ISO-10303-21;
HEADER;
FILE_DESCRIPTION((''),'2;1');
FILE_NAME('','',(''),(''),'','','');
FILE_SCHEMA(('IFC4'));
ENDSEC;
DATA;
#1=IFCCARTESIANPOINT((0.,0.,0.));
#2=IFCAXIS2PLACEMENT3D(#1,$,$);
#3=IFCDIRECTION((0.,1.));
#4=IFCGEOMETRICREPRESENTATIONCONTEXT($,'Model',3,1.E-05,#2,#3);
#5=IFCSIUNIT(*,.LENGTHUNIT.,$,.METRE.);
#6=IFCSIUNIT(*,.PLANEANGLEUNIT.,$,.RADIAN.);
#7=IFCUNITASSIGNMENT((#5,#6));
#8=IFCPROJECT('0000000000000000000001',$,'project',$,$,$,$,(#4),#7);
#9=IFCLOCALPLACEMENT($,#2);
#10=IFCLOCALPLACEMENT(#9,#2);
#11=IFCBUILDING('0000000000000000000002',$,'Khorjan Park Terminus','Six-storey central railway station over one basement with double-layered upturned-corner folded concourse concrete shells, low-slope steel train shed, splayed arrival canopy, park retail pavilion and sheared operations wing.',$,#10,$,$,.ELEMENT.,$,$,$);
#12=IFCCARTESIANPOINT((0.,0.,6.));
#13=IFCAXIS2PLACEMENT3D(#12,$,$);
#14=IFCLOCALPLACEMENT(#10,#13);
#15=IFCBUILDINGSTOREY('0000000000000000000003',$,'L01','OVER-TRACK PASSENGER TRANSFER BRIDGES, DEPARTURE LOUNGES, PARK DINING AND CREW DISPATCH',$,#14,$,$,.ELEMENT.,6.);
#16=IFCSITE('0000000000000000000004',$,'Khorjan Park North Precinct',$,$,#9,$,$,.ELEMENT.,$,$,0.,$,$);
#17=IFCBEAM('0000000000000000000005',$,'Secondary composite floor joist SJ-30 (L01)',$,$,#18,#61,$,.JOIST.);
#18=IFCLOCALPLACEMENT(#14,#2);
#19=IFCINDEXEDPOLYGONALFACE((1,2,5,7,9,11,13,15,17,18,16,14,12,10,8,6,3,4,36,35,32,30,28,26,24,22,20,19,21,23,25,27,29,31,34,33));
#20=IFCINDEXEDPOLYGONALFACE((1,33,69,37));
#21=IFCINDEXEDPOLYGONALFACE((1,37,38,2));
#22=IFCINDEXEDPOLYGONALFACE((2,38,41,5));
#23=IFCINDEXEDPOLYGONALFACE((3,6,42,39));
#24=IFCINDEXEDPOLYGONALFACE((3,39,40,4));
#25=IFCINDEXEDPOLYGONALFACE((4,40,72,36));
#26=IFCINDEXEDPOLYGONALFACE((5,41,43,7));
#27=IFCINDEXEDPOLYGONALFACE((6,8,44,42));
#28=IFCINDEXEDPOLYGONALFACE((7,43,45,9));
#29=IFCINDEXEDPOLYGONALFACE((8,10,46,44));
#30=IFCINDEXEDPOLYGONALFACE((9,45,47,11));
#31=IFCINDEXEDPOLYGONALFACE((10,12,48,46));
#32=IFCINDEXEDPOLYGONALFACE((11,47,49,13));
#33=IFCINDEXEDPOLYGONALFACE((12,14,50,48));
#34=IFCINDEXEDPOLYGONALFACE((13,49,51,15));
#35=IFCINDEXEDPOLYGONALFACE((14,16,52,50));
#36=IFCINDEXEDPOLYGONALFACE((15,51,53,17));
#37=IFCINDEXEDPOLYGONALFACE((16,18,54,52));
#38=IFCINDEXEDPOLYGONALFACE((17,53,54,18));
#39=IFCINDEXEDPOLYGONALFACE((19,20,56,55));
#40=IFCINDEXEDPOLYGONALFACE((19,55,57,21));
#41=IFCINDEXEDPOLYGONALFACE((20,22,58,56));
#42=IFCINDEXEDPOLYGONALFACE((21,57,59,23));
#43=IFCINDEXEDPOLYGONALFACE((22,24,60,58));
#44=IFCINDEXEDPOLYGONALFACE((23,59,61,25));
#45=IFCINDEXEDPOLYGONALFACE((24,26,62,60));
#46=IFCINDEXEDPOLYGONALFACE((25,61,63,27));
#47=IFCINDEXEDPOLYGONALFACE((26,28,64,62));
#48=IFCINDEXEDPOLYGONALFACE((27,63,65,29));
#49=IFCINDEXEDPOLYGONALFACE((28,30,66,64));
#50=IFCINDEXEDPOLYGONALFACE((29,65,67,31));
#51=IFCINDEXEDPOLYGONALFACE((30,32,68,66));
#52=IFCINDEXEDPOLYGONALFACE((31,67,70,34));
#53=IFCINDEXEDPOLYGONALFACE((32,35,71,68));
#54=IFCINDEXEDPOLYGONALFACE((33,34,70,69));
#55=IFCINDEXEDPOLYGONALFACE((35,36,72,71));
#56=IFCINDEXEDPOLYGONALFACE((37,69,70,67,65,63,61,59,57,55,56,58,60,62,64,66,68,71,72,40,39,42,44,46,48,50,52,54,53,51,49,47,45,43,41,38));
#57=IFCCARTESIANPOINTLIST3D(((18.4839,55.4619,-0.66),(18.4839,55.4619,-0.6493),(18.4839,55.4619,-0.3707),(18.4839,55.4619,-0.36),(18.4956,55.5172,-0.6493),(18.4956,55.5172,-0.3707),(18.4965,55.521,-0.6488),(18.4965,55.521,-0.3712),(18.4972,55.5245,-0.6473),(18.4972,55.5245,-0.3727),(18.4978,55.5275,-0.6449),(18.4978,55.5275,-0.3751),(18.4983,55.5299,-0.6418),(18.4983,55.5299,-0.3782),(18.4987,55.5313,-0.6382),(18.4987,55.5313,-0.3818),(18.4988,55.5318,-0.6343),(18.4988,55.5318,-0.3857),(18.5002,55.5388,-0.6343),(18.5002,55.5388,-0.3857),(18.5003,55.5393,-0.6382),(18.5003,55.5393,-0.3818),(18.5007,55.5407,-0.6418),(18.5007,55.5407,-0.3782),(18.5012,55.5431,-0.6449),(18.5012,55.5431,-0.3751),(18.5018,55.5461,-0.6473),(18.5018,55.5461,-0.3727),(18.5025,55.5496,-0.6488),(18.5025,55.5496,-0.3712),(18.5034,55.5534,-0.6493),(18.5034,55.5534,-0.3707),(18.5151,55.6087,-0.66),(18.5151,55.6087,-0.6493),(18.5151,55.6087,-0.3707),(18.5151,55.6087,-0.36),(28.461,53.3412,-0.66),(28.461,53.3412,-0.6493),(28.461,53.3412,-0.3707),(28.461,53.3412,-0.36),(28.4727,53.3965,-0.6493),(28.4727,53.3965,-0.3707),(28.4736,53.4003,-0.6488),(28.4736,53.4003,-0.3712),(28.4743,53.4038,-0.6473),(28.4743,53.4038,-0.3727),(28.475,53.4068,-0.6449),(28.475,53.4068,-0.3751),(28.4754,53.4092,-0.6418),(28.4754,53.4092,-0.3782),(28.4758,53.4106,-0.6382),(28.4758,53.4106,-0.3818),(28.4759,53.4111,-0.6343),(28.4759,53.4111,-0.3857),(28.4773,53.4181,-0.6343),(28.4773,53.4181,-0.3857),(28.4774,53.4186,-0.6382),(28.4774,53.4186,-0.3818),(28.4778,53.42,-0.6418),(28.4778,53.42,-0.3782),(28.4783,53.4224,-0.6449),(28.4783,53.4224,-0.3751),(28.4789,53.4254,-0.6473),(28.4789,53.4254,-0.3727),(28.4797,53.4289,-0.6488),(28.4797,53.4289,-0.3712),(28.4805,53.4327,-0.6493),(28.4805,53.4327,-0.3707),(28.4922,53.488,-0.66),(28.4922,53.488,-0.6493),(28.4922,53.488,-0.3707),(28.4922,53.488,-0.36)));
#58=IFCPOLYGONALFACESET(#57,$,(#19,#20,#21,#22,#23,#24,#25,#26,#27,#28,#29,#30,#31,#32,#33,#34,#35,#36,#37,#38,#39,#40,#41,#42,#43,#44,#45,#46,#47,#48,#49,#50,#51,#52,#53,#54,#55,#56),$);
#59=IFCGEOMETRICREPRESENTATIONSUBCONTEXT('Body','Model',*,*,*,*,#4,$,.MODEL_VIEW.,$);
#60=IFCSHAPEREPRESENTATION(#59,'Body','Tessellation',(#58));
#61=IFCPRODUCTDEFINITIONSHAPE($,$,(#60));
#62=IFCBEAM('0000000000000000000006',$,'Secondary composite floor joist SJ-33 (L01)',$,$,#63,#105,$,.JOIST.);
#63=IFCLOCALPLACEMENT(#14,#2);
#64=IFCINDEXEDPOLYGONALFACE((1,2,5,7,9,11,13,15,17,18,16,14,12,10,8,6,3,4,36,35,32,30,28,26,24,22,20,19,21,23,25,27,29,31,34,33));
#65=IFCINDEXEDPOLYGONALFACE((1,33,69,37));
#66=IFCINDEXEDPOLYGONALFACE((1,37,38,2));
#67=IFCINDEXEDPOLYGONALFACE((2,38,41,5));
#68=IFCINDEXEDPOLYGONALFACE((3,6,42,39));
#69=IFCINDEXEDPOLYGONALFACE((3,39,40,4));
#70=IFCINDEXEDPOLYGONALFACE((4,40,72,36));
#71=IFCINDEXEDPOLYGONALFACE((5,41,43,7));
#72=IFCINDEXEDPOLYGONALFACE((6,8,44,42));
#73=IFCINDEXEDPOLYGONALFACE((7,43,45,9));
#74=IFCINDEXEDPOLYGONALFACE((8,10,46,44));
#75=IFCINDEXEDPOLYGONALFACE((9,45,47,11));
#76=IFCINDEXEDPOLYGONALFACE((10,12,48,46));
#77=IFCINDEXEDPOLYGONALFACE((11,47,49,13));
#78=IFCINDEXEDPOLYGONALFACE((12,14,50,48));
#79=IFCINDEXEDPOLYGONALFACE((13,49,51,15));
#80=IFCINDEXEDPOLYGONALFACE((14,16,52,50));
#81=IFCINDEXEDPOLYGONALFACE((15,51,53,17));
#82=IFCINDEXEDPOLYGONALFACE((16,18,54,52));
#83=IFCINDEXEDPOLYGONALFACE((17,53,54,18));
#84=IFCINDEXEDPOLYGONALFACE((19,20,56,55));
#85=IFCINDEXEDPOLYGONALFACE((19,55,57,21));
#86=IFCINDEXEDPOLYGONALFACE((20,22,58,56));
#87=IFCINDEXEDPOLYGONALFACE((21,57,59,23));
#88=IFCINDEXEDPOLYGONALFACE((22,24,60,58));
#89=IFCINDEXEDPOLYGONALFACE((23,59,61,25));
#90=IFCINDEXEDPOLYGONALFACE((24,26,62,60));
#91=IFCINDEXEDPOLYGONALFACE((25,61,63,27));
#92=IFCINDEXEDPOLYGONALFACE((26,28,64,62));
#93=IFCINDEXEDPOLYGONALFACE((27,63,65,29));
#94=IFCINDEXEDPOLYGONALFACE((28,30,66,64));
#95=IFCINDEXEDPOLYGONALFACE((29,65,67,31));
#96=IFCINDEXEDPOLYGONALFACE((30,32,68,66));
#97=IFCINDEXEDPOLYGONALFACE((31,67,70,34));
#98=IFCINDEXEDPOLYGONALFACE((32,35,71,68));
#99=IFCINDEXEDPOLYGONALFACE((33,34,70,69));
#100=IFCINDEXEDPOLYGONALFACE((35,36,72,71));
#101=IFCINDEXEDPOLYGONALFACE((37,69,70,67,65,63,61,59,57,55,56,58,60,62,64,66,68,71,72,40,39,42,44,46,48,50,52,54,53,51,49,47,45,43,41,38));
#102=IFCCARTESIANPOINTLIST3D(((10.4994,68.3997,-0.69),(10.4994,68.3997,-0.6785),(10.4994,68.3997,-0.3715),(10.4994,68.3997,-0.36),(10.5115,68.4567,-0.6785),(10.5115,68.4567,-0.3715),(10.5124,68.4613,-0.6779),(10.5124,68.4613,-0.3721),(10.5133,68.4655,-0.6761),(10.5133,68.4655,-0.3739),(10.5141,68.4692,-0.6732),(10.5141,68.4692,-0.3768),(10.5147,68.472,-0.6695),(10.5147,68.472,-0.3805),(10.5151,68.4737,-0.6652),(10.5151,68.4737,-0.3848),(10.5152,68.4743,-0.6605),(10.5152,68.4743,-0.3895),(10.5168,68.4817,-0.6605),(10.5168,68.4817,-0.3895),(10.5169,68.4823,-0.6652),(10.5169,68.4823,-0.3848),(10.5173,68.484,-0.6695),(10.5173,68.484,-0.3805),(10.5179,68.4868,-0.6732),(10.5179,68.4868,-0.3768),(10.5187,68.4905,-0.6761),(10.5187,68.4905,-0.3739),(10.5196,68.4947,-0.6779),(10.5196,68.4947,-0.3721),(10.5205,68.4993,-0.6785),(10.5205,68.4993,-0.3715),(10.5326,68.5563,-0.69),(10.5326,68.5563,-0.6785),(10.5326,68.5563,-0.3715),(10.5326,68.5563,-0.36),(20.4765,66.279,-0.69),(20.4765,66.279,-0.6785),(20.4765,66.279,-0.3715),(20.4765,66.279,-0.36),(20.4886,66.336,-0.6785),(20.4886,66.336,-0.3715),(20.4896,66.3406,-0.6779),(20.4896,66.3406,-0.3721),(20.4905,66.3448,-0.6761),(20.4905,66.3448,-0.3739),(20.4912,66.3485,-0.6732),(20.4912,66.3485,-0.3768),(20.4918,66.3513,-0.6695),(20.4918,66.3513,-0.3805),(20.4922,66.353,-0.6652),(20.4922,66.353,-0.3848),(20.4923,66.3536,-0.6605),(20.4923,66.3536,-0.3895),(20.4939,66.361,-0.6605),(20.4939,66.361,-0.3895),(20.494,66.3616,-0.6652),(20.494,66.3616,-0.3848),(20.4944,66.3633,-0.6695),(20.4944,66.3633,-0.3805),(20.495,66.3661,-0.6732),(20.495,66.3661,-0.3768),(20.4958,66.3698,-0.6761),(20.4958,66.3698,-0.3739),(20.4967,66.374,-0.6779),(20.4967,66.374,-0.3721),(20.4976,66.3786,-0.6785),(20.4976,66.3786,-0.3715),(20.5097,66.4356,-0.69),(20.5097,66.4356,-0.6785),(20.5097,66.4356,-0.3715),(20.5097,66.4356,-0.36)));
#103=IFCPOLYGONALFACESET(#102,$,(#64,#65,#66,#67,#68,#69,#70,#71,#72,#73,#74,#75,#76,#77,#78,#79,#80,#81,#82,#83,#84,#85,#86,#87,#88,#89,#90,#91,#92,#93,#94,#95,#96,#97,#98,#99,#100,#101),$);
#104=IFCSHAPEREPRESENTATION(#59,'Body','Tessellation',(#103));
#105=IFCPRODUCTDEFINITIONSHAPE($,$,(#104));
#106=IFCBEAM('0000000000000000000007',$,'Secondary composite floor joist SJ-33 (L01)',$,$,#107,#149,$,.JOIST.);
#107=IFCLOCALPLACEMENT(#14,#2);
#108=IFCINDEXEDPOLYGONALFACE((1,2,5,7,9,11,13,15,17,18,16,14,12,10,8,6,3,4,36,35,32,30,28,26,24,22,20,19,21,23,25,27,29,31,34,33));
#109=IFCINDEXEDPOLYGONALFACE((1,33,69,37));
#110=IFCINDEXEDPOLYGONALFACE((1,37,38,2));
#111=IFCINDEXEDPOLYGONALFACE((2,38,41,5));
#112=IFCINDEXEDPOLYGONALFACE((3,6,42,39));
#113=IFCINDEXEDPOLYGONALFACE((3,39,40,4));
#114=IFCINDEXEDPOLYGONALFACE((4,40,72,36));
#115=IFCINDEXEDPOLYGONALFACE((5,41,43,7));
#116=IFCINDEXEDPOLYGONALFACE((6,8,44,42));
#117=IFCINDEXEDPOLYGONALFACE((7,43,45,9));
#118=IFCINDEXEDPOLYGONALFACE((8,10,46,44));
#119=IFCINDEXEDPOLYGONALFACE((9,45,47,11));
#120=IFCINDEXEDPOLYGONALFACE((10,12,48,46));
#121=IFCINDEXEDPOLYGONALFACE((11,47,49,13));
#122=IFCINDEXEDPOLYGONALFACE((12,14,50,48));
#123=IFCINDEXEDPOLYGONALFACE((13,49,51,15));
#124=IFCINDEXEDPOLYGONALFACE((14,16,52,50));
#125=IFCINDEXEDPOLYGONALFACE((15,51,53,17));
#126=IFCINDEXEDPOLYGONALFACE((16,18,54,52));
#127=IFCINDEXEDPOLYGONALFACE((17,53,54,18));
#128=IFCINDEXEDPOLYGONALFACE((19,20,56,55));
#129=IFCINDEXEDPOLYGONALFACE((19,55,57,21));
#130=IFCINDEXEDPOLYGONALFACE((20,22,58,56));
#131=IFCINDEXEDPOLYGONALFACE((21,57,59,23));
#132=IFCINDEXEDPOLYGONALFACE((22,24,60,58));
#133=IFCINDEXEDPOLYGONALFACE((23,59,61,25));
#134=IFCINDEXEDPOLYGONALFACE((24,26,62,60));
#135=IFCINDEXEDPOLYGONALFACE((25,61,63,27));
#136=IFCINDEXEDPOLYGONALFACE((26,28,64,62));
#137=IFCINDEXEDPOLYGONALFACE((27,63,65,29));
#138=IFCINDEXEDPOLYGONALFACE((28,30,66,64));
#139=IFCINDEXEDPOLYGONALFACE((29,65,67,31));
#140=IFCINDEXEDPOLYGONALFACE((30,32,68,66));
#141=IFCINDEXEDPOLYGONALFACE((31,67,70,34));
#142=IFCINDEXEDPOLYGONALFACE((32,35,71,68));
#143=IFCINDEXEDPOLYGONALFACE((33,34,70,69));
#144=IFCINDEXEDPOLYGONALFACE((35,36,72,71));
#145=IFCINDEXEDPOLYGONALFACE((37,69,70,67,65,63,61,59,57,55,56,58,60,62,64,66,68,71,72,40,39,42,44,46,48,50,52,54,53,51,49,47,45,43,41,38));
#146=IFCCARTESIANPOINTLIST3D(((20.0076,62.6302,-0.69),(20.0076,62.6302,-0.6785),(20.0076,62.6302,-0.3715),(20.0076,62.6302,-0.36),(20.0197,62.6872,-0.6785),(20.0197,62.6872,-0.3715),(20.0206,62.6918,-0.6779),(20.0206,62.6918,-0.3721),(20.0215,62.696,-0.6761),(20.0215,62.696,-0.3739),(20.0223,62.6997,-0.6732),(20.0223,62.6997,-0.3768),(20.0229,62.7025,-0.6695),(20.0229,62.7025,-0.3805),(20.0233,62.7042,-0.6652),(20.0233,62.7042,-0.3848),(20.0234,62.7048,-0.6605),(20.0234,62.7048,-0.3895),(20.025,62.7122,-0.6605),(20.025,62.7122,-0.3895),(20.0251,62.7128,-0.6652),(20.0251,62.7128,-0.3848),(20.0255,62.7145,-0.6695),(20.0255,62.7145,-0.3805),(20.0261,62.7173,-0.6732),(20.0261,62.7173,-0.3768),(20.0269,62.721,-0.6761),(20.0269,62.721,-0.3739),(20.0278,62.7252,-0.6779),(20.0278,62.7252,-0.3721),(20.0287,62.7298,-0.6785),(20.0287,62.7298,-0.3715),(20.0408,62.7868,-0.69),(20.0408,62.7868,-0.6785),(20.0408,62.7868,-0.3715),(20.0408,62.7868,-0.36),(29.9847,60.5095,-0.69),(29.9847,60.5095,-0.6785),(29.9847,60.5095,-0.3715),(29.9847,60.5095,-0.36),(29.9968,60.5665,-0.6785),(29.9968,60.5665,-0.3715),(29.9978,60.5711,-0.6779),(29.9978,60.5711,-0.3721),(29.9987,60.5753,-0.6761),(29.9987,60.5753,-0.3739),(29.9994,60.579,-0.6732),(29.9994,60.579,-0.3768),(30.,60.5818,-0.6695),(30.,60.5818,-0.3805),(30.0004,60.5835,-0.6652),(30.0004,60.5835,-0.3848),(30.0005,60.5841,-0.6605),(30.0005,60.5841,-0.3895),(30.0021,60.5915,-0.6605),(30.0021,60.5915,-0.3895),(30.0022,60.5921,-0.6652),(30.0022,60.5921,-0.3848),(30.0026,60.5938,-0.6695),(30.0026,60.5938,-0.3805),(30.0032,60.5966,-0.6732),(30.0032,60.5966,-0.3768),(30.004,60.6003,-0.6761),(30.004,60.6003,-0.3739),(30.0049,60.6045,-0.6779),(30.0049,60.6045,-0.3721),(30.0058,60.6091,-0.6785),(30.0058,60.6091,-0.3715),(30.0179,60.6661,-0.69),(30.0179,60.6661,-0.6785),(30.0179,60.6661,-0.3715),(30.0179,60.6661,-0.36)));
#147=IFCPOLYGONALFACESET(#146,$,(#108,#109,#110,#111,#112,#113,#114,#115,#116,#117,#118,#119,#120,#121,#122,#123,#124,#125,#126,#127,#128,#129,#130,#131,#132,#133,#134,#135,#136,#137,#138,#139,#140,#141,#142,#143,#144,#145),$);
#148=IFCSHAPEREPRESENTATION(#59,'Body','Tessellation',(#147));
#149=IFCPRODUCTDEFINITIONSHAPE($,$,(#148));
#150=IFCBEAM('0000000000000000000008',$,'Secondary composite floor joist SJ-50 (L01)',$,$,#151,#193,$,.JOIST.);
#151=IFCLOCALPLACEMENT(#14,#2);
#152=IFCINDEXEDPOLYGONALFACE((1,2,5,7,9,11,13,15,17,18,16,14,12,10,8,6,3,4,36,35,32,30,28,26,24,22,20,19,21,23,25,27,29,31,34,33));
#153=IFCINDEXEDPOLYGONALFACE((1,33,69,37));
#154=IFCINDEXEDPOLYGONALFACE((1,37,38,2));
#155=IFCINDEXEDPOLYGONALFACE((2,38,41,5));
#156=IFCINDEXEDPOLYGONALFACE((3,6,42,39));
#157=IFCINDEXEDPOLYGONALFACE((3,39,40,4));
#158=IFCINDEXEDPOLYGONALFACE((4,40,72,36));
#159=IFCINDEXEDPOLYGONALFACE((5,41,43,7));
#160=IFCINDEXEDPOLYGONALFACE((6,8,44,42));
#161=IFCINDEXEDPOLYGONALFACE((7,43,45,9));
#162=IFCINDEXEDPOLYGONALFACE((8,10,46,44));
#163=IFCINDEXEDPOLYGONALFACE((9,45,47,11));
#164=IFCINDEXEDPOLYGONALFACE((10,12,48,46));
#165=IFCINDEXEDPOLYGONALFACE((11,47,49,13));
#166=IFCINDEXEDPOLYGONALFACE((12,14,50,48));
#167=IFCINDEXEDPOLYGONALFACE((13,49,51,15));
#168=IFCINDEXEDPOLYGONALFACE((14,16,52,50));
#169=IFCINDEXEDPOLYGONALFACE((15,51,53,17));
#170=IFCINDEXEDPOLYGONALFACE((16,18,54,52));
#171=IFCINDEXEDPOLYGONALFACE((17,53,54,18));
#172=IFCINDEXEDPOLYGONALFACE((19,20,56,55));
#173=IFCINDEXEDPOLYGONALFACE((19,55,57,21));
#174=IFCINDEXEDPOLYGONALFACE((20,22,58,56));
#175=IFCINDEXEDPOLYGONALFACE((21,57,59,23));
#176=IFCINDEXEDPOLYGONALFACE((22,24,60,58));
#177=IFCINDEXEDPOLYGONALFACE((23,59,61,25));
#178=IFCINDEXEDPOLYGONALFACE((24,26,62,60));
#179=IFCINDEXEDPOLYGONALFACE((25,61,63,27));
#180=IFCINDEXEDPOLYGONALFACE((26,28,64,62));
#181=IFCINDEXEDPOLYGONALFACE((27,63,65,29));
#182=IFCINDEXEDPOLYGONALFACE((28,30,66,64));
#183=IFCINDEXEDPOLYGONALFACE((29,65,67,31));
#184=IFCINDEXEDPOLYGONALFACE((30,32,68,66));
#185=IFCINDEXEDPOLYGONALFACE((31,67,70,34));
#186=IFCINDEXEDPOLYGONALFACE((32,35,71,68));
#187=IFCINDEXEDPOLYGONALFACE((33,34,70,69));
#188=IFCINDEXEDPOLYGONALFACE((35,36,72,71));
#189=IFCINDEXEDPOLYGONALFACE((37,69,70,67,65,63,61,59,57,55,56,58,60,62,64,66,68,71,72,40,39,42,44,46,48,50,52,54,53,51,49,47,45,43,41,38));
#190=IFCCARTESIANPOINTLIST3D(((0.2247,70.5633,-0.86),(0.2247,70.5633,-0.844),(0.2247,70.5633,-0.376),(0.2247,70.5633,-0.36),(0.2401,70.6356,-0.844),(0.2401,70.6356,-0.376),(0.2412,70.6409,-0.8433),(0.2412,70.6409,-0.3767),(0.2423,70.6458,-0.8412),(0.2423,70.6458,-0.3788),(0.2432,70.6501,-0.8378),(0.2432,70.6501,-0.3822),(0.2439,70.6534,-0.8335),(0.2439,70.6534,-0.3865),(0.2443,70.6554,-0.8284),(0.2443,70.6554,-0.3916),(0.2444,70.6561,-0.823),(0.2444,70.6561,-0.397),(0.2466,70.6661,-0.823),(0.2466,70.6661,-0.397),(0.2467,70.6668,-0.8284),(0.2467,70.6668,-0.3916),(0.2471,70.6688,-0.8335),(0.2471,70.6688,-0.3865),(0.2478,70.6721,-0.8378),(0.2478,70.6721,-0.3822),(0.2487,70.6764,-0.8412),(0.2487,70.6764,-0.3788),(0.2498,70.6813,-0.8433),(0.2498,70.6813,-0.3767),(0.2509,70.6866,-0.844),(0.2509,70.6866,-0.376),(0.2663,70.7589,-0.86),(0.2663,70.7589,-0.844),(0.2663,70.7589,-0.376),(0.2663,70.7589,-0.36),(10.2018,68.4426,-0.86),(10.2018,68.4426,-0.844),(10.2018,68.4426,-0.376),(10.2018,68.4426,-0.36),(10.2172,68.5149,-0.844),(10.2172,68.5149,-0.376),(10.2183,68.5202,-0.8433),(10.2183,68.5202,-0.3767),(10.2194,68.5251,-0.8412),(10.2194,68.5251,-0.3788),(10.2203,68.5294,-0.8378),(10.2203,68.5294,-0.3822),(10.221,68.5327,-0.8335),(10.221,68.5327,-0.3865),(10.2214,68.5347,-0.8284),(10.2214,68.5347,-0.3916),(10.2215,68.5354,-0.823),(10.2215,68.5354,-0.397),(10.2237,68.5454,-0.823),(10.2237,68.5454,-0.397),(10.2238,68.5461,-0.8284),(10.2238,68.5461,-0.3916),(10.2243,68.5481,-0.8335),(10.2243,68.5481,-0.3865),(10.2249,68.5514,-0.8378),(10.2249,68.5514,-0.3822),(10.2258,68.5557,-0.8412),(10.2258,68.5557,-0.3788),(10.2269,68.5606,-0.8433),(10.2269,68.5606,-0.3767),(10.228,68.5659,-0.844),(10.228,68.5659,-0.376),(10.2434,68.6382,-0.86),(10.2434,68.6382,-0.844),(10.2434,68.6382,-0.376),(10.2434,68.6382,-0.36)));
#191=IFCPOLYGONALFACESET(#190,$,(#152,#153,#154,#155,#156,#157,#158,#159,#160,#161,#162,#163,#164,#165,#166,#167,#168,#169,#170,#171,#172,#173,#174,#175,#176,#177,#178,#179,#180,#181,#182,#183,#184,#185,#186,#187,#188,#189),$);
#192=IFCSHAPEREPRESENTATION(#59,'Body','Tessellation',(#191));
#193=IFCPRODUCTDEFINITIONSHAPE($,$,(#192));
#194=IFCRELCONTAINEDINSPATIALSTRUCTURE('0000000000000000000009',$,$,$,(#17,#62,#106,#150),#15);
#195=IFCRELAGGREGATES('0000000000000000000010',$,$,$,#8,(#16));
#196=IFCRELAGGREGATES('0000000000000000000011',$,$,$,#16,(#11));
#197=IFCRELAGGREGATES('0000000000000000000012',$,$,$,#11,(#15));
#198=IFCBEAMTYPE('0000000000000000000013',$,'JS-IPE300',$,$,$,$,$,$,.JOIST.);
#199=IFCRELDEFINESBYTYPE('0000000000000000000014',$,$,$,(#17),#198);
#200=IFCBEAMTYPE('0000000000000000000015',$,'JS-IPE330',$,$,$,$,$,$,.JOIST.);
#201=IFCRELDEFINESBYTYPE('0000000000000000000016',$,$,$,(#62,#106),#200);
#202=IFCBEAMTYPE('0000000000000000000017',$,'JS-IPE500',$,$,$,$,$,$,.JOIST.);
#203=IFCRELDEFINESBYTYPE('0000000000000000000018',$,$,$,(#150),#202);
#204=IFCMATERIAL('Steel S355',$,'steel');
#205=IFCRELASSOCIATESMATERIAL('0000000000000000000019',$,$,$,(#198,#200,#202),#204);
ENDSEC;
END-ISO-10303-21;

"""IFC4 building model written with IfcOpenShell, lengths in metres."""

from ifc_helpers import new_model, si_unit, direction, frame, origin, origin_2d, place, context, subcontext, project, spatial, i_section, extrude, material, material_profile, profile_set, type_object, element, save


model = new_model("IFC4")

# Units and contexts
model_context = context("Model", 3, precision=1e-05, world=origin(), true_north=direction((0.0, 1.0)))
body_context = subcontext(model_context, "Body", "Model", "MODEL_VIEW")
ifc_project = project(units=[si_unit("LENGTHUNIT", "METRE"), si_unit("PLANEANGLEUNIT", "RADIAN")], contexts=[model_context])

# Site, building, storey
site_placement = place(None, origin())
site = spatial("IfcSite", under=ifc_project, at=site_placement, Name="Khorjan Park North Precinct", CompositionType="ELEMENT", RefElevation=0.0)
building_placement = place(site_placement, origin())
building = spatial("IfcBuilding", under=site, at=building_placement, Name="Khorjan Park Terminus", Description="Six-storey central railway station over one basement with double-layered upturned-corner folded concourse concrete shells, low-slope steel train shed, splayed arrival canopy, park retail pavilion and sheared operations wing.", CompositionType="ELEMENT")
storey_placement = place(building_placement, frame((0.0, 0.0, 6.0)))
storey = spatial("IfcBuildingStorey", under=building, at=storey_placement, Name="L01", Description="OVER-TRACK PASSENGER TRANSFER BRIDGES, DEPARTURE LOUNGES, PARK DINING AND CREW DISPATCH", CompositionType="ELEMENT", Elevation=6.0)

# Shared definitions
ifc_material_1 = material(Name="Steel S355", Category="steel")

# Beams
ifc_material_profile_1 = material_profile(ifc_material_1, i_section(OverallWidth=0.15, OverallDepth=0.3, WebThickness=0.0071, FlangeThickness=0.0107, FilletRadius=0.015, at=origin_2d()), Name="IPE 300")
ifc_profile_set_1 = profile_set([ifc_material_profile_1], Name="Steel S355")
beam_type_1 = type_object("IfcBeamType", Name="JS-IPE300", PredefinedType="JOIST", material=ifc_profile_set_1)
for number, where, z_axis, x_axis, name in (
    (1, (18.4995, 55.5353, -0.51), (0.978148, -0.207912, 0.0), (0.207912, 0.978148, 0.0), "Secondary composite floor joist SJ-30 (L01)"),
):
    element("IfcBeam", number, at=place(storey_placement, frame(where, z_axis=z_axis, x_axis=x_axis)), inside=storey, type_object=beam_type_1, Name=name, PredefinedType="JOIST", context=body_context, shape_type="SweptSolid", body=[
        extrude(i_section(OverallWidth=0.15, OverallDepth=0.3, WebThickness=0.0071, FlangeThickness=0.0107, FilletRadius=0.015, at=origin_2d()), origin(), (0.0, 0.0, 1.0), 10.2),
    ])
ifc_material_profile_2 = material_profile(ifc_material_1, i_section(OverallWidth=0.16, OverallDepth=0.33, WebThickness=0.0075, FlangeThickness=0.0115, FilletRadius=0.018, at=origin_2d()), Name="IPE 330")
ifc_profile_set_2 = profile_set([ifc_material_profile_2], Name="Steel S355")
beam_type_2 = type_object("IfcBeamType", Name="JS-IPE330", PredefinedType="JOIST", material=ifc_profile_set_2)
for number, where, z_axis, x_axis, name in (
    (2, (10.516, 68.478, -0.525), (0.978148, -0.207912, 0.0), (0.207912, 0.978148, 0.0), "Secondary composite floor joist SJ-33 (L01)"),
    (3, (20.0242, 62.7085, -0.525), (0.978148, -0.207912, 0.0), (0.207912, 0.978148, 0.0), "Secondary composite floor joist SJ-33 (L01)"),
):
    element("IfcBeam", number, at=place(storey_placement, frame(where, z_axis=z_axis, x_axis=x_axis)), inside=storey, type_object=beam_type_2, Name=name, PredefinedType="JOIST", context=body_context, shape_type="SweptSolid", body=[
        extrude(i_section(OverallWidth=0.16, OverallDepth=0.33, WebThickness=0.0075, FlangeThickness=0.0115, FilletRadius=0.018, at=origin_2d()), origin(), (0.0, 0.0, 1.0), 10.2),
    ])
ifc_material_profile_3 = material_profile(ifc_material_1, i_section(OverallWidth=0.2, OverallDepth=0.5, WebThickness=0.0102, FlangeThickness=0.016, FilletRadius=0.021, at=origin_2d()), Name="IPE 500")
ifc_profile_set_3 = profile_set([ifc_material_profile_3], Name="Steel S355")
beam_type_3 = type_object("IfcBeamType", Name="JS-IPE500", PredefinedType="JOIST", material=ifc_profile_set_3)
for number, where, z_axis, x_axis, name in (
    (4, (0.2455, 70.6611, -0.61), (0.978148, -0.207912, 0.0), (0.207912, 0.978148, 0.0), "Secondary composite floor joist SJ-50 (L01)"),
):
    element("IfcBeam", number, at=place(storey_placement, frame(where, z_axis=z_axis, x_axis=x_axis)), inside=storey, type_object=beam_type_3, Name=name, PredefinedType="JOIST", context=body_context, shape_type="SweptSolid", body=[
        extrude(i_section(OverallWidth=0.2, OverallDepth=0.5, WebThickness=0.0102, FlangeThickness=0.016, FilletRadius=0.021, at=origin_2d()), origin(), (0.0, 0.0, 1.0), 10.2),
    ])

save(model, "model.ifc")
